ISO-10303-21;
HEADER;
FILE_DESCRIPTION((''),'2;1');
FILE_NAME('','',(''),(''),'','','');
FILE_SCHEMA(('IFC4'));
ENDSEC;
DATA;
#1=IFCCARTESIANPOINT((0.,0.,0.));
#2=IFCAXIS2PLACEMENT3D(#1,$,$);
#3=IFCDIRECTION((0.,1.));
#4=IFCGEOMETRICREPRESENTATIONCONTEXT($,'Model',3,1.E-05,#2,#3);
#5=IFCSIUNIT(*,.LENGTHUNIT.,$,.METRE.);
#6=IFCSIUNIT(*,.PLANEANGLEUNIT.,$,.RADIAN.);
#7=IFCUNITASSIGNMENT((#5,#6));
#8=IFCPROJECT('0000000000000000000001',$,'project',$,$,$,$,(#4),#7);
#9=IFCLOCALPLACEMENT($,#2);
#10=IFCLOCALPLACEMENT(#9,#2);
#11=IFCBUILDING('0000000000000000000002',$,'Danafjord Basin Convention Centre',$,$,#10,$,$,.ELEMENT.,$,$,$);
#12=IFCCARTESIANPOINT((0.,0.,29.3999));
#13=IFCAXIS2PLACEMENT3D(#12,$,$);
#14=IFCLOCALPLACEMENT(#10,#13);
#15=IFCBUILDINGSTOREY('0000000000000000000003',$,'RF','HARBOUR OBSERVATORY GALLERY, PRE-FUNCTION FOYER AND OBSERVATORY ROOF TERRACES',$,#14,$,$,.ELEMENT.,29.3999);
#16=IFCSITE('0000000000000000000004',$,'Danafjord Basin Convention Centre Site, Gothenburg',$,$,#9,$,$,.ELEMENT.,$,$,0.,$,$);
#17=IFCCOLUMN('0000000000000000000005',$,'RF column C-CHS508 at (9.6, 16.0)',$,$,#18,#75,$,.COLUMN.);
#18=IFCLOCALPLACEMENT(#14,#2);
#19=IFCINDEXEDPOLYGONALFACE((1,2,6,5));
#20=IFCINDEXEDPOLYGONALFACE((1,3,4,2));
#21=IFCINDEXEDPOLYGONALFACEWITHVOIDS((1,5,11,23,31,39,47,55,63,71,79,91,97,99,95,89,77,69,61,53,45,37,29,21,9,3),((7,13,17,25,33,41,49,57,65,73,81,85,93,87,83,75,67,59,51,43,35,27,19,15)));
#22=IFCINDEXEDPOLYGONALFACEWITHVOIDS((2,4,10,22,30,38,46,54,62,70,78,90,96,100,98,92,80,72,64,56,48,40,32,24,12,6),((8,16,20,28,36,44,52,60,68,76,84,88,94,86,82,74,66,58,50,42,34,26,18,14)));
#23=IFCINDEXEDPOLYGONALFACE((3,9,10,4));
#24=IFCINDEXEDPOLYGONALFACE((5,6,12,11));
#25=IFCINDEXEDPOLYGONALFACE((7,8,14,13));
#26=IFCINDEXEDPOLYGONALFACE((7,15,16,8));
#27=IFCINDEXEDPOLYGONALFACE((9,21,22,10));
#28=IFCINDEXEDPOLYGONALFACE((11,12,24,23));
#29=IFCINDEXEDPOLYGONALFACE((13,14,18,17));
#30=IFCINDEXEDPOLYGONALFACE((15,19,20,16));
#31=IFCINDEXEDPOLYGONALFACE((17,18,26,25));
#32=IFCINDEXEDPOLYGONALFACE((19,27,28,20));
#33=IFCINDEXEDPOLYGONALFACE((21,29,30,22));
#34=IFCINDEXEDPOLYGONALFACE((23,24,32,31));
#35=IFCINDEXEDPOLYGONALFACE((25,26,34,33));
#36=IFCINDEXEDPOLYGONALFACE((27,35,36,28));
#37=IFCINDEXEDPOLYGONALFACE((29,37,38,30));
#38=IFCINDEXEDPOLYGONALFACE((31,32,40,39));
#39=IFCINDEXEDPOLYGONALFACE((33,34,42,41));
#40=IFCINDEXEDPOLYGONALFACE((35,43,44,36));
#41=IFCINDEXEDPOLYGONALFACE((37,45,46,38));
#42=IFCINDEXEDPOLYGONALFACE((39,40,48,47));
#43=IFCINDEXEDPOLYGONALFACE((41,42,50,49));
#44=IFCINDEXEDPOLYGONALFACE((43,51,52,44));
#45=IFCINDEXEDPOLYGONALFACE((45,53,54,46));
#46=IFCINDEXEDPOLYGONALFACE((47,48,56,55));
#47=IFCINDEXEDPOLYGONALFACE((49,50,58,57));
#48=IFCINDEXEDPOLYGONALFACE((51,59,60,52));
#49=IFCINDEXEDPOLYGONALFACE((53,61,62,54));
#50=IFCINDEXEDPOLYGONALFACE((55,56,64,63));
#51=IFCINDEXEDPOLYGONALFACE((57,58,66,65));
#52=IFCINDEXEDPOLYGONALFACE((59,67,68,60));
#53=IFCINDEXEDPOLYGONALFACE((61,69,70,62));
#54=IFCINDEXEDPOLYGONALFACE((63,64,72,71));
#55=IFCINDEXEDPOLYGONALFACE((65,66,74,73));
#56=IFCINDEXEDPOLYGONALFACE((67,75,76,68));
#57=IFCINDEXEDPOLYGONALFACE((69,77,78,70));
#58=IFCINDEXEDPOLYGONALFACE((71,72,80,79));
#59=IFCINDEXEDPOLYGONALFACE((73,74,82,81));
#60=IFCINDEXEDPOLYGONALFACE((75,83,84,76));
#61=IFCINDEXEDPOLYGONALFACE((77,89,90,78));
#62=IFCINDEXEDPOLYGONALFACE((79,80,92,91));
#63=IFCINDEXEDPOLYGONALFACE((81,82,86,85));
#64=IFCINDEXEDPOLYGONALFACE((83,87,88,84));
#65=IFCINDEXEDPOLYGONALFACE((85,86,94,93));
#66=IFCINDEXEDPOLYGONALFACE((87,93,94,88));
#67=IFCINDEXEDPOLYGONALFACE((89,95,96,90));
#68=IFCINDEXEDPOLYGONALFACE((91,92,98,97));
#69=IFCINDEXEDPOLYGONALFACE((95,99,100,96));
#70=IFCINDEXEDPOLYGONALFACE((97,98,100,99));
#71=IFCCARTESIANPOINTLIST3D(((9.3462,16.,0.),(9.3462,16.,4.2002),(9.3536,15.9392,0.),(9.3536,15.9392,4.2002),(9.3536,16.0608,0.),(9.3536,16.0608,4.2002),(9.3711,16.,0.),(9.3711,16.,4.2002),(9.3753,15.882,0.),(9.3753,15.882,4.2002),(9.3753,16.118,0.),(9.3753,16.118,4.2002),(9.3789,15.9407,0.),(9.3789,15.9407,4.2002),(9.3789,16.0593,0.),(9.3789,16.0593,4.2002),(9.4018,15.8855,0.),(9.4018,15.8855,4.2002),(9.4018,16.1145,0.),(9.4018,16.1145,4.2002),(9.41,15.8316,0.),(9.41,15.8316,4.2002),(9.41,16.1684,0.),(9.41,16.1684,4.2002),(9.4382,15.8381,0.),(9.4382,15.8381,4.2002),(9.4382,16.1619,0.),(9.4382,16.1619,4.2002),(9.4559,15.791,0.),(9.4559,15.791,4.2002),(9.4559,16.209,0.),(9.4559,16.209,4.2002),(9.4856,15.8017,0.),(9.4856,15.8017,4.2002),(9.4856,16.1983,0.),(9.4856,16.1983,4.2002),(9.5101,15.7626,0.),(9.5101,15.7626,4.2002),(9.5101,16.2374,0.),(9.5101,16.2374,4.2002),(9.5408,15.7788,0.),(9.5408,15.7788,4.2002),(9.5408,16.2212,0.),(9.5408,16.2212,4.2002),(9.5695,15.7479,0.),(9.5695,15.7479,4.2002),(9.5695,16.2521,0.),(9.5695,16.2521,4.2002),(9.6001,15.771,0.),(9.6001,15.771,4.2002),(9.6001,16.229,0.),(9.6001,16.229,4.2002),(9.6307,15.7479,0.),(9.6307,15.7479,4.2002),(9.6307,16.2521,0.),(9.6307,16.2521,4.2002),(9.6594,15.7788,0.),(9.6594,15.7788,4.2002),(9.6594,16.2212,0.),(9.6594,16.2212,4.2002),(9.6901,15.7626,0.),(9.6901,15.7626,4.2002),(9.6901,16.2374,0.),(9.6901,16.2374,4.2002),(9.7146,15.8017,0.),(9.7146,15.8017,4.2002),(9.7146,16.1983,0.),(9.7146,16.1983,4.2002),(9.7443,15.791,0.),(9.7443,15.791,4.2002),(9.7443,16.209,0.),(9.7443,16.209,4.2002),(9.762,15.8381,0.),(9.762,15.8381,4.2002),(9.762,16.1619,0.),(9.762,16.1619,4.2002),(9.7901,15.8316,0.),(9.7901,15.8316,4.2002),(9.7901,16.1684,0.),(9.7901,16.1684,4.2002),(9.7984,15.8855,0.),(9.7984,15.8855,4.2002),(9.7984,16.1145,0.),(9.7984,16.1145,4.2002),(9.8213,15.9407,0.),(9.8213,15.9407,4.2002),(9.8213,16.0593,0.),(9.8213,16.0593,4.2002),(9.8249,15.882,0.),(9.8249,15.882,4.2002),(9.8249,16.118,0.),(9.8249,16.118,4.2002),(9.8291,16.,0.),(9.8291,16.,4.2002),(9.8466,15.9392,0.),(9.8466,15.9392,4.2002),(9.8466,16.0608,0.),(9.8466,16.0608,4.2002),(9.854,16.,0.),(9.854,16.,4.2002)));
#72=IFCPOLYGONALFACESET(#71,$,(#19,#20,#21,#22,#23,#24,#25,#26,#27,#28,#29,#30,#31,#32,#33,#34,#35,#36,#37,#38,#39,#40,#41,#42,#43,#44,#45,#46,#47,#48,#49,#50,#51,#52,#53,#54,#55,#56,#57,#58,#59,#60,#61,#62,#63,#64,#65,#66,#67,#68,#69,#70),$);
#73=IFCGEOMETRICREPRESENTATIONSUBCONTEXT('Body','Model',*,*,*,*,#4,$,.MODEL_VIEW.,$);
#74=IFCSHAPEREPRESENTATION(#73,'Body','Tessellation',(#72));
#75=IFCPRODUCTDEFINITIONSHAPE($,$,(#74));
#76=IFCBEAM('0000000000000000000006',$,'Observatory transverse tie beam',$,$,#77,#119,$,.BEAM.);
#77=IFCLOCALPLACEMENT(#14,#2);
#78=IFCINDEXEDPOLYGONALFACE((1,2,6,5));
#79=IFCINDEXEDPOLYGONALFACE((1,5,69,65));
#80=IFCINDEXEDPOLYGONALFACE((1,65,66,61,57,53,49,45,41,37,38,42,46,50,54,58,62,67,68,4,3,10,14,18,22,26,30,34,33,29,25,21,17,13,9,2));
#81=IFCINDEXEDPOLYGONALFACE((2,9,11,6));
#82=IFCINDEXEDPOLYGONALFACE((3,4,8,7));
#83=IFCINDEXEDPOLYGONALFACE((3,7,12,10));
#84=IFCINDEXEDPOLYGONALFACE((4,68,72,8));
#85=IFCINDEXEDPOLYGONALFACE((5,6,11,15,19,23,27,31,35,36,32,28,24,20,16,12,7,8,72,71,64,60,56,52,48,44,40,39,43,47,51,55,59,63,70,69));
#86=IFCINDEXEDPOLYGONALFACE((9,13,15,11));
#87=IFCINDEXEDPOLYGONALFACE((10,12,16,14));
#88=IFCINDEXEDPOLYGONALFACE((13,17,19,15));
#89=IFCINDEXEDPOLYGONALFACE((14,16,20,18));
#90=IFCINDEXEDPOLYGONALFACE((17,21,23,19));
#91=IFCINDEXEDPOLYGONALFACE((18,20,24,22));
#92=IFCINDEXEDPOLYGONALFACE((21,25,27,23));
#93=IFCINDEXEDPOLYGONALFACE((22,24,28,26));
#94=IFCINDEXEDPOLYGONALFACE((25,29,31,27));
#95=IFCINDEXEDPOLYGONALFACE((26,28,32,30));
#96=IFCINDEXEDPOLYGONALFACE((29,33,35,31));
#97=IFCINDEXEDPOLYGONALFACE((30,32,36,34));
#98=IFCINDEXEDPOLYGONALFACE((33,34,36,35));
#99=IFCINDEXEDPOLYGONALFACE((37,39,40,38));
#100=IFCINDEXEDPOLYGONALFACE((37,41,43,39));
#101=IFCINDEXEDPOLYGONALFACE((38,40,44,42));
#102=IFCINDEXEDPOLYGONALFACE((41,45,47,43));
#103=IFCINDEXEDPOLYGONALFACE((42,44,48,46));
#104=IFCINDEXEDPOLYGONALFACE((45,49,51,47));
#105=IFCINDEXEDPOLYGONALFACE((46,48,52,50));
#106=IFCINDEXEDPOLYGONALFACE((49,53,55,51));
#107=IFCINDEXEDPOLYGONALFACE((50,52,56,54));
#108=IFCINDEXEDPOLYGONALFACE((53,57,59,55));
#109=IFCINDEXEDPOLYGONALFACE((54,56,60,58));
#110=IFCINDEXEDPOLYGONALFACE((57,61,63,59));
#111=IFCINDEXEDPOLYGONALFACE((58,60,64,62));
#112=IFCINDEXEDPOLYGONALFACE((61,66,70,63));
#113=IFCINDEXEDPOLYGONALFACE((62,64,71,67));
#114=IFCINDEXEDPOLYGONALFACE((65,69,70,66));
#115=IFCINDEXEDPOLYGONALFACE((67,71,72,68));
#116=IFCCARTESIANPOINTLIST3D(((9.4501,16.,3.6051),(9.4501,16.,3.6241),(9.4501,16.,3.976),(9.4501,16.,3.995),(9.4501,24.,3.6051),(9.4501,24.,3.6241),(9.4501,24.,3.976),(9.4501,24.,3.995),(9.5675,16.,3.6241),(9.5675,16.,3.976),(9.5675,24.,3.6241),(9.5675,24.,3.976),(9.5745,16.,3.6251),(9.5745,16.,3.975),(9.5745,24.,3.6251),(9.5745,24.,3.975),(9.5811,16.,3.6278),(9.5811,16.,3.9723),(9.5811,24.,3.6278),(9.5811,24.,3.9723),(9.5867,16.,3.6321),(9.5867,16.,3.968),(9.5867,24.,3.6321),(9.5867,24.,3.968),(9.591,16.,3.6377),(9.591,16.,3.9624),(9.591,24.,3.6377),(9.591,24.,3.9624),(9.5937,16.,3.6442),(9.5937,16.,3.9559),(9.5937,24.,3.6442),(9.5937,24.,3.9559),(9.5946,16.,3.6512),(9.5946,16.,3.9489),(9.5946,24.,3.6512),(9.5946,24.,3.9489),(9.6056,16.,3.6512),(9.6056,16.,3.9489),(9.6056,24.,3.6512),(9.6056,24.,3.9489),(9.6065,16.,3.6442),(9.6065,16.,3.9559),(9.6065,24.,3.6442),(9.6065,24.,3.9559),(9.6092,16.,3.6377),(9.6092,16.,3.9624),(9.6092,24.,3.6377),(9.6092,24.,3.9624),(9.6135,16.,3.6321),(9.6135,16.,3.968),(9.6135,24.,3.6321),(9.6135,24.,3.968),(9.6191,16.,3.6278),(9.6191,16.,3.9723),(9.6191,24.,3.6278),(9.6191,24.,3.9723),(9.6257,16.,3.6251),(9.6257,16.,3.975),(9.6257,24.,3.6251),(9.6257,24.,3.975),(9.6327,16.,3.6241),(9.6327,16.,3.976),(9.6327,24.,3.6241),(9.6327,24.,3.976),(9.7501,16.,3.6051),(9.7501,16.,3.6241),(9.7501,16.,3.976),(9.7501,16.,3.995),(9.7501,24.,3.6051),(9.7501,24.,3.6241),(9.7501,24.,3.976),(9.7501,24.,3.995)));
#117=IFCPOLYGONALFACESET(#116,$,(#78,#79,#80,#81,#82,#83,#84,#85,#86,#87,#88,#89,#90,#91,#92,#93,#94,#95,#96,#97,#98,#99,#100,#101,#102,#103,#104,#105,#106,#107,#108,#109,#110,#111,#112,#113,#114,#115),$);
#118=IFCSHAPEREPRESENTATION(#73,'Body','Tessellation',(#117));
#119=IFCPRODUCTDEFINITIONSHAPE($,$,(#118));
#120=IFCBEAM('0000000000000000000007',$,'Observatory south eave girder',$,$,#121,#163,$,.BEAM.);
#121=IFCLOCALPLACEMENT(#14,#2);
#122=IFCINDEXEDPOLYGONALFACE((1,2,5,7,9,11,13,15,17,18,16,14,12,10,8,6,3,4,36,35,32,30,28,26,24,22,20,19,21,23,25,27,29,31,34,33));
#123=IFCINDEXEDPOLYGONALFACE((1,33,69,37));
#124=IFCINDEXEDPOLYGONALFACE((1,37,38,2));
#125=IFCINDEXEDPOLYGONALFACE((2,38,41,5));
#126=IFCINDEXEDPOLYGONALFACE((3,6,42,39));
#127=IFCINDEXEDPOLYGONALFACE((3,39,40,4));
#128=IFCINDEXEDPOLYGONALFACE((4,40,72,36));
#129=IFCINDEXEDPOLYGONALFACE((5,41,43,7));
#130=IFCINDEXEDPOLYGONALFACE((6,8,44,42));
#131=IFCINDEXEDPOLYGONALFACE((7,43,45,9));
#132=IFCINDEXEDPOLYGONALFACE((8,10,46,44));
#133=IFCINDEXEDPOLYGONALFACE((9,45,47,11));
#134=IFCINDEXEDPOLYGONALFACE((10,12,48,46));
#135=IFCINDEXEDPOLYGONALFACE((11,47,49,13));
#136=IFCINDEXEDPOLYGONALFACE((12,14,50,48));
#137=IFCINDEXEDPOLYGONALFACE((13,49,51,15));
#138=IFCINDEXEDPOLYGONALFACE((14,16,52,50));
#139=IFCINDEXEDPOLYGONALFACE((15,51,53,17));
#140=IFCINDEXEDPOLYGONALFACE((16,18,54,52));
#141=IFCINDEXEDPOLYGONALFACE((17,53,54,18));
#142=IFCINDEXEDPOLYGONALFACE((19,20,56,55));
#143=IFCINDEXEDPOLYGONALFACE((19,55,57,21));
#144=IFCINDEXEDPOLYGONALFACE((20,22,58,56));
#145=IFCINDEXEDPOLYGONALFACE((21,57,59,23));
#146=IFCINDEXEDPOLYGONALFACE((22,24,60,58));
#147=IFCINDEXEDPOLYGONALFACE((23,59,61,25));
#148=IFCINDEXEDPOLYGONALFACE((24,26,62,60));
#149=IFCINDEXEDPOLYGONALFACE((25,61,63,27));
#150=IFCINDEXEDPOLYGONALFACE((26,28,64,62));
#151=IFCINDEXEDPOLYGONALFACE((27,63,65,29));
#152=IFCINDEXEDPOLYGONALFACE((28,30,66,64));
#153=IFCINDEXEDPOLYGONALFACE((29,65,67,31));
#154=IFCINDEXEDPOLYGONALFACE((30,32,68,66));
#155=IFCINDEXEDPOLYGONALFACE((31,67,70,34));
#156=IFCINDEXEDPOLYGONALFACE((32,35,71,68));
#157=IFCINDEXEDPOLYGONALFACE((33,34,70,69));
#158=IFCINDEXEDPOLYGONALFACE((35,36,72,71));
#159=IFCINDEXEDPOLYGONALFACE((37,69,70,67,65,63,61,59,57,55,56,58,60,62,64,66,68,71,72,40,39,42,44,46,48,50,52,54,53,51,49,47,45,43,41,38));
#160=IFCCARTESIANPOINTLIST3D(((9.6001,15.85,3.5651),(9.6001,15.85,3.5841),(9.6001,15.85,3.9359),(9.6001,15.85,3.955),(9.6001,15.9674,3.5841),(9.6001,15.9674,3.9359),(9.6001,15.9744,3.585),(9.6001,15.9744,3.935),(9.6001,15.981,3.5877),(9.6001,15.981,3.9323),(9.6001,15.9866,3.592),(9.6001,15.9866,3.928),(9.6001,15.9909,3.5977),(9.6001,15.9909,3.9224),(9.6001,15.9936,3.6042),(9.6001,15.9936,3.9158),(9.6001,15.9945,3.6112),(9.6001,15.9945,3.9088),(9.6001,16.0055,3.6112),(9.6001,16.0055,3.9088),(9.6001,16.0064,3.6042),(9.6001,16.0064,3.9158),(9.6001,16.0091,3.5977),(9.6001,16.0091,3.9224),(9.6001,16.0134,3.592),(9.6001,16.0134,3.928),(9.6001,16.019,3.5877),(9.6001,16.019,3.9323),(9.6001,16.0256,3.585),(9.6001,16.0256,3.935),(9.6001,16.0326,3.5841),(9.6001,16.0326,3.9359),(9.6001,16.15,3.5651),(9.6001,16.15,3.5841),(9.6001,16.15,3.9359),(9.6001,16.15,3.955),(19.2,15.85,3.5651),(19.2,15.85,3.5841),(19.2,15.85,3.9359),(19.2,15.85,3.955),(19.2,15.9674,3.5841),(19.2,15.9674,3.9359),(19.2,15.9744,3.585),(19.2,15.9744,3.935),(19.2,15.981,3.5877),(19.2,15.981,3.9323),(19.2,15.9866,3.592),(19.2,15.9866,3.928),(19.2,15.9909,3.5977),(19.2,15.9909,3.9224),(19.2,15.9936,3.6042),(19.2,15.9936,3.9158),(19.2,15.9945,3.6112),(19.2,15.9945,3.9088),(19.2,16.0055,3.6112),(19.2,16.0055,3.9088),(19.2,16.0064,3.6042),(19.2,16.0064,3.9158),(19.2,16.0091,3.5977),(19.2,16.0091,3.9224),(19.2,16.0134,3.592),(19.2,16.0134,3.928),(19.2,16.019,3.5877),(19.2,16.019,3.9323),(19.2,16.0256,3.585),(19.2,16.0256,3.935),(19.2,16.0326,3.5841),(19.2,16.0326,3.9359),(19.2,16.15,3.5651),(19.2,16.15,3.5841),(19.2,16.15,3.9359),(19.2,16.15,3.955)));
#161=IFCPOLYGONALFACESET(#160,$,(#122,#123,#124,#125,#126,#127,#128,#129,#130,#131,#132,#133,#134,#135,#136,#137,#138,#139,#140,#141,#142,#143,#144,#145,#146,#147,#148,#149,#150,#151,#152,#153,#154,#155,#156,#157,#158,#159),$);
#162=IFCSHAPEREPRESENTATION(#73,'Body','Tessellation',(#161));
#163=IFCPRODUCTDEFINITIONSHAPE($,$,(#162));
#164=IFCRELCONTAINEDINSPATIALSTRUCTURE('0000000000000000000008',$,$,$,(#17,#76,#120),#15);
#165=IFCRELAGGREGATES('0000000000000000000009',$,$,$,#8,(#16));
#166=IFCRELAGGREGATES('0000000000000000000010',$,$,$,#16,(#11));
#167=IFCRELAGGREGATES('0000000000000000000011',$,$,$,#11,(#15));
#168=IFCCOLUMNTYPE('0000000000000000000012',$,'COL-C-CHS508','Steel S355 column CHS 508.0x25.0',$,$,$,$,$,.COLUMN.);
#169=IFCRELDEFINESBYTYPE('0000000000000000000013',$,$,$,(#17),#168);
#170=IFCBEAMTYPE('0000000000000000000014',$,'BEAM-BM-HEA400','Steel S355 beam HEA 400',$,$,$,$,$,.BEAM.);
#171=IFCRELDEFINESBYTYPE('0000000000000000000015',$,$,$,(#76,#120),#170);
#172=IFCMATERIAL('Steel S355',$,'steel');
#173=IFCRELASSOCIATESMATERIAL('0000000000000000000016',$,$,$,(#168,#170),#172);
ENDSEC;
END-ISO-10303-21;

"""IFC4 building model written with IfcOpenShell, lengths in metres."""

from ifc_helpers import new_model, si_unit, direction, frame, origin, origin_2d, place, context, subcontext, project, spatial, hollow_circle, i_section, extrude, material, material_profile, profile_set, type_object, element, save


model = new_model("IFC4")

# Units and contexts
model_context = context("Model", 3, precision=1e-05, world=origin(), true_north=direction((0.0, 1.0)))
body_context = subcontext(model_context, "Body", "Model", "MODEL_VIEW")
ifc_project = project(units=[si_unit("LENGTHUNIT", "METRE"), si_unit("PLANEANGLEUNIT", "RADIAN")], contexts=[model_context])

# Site, building, storey
site_placement = place(None, origin())
site = spatial("IfcSite", under=ifc_project, at=site_placement, Name="Danafjord Basin Convention Centre Site, Gothenburg", CompositionType="ELEMENT", RefElevation=0.0)
building_placement = place(site_placement, origin())
building = spatial("IfcBuilding", under=site, at=building_placement, Name="Danafjord Basin Convention Centre", CompositionType="ELEMENT")
storey_placement = place(building_placement, frame((0.0, 0.0, 29.3999)))
storey = spatial("IfcBuildingStorey", under=building, at=storey_placement, Name="RF", Description="HARBOUR OBSERVATORY GALLERY, PRE-FUNCTION FOYER AND OBSERVATORY ROOF TERRACES", CompositionType="ELEMENT", Elevation=29.3999)

# Column
ifc_material_1 = material(Name="Steel S355", Category="steel")
ifc_material_profile_1 = material_profile(ifc_material_1, hollow_circle(Radius=0.2539, WallThickness=0.0249, at=origin_2d()), Name="CHS 508.0x25.0")
ifc_profile_set_1 = profile_set([ifc_material_profile_1], Name="Steel S355")
column_type = type_object("IfcColumnType", Name="COL-C-CHS508", Description="Steel S355 column CHS 508.0x25.0", PredefinedType="COLUMN", material=ifc_profile_set_1)
column_placement = place(storey_placement, frame((9.6001, 16.0, 0.0), z_axis=(0.0, 0.0, 1.0), x_axis=(1.0, 0.0, 0.0)))
element("IfcColumn", 1, at=column_placement, inside=storey, type_object=column_type, Name="RF column C-CHS508 at (9.6, 16.0)", PredefinedType="COLUMN", context=body_context, shape_type="SweptSolid", body=[
    extrude(hollow_circle(Radius=0.2539, WallThickness=0.0249, at=origin_2d()), origin(), (0.0, 0.0, 1.0), 4.2002),
])

# Beams
ifc_material_profile_2 = material_profile(ifc_material_1, i_section(OverallWidth=0.3, OverallDepth=0.3899, WebThickness=0.011, FlangeThickness=0.019, FilletRadius=0.0271, at=origin_2d()), Name="HEA 400")
ifc_profile_set_2 = profile_set([ifc_material_profile_2], Name="Steel S355")
beam_type_1 = type_object("IfcBeamType", Name="BEAM-BM-HEA400", Description="Steel S355 beam HEA 400", PredefinedType="BEAM", material=ifc_profile_set_2)
beam_1_placement = place(storey_placement, frame((9.6001, 16.0, 3.8), z_axis=(0.0, 1.0, 0.0), x_axis=(-1.0, 0.0, 0.0)))
element("IfcBeam", 2, at=beam_1_placement, inside=storey, type_object=beam_type_1, Name="Observatory transverse tie beam", PredefinedType="BEAM", context=body_context, shape_type="SweptSolid", body=[
    extrude(i_section(OverallWidth=0.3, OverallDepth=0.3899, WebThickness=0.011, FlangeThickness=0.019, FilletRadius=0.0271, at=origin_2d()), origin(), (0.0, 0.0, 1.0), 8.0),
])
beam_2_placement = place(storey_placement, frame((9.6001, 16.0, 3.76), z_axis=(1.0, 0.0, 0.0), x_axis=(0.0, 1.0, 0.0)))
element("IfcBeam", 3, at=beam_2_placement, inside=storey, type_object=beam_type_1, Name="Observatory south eave girder", PredefinedType="BEAM", context=body_context, shape_type="SweptSolid", body=[
    extrude(i_section(OverallWidth=0.3, OverallDepth=0.3899, WebThickness=0.011, FlangeThickness=0.019, FilletRadius=0.0271, at=origin_2d()), origin(), (0.0, 0.0, 1.0), 9.5999),
])

save(model, "model.ifc")
